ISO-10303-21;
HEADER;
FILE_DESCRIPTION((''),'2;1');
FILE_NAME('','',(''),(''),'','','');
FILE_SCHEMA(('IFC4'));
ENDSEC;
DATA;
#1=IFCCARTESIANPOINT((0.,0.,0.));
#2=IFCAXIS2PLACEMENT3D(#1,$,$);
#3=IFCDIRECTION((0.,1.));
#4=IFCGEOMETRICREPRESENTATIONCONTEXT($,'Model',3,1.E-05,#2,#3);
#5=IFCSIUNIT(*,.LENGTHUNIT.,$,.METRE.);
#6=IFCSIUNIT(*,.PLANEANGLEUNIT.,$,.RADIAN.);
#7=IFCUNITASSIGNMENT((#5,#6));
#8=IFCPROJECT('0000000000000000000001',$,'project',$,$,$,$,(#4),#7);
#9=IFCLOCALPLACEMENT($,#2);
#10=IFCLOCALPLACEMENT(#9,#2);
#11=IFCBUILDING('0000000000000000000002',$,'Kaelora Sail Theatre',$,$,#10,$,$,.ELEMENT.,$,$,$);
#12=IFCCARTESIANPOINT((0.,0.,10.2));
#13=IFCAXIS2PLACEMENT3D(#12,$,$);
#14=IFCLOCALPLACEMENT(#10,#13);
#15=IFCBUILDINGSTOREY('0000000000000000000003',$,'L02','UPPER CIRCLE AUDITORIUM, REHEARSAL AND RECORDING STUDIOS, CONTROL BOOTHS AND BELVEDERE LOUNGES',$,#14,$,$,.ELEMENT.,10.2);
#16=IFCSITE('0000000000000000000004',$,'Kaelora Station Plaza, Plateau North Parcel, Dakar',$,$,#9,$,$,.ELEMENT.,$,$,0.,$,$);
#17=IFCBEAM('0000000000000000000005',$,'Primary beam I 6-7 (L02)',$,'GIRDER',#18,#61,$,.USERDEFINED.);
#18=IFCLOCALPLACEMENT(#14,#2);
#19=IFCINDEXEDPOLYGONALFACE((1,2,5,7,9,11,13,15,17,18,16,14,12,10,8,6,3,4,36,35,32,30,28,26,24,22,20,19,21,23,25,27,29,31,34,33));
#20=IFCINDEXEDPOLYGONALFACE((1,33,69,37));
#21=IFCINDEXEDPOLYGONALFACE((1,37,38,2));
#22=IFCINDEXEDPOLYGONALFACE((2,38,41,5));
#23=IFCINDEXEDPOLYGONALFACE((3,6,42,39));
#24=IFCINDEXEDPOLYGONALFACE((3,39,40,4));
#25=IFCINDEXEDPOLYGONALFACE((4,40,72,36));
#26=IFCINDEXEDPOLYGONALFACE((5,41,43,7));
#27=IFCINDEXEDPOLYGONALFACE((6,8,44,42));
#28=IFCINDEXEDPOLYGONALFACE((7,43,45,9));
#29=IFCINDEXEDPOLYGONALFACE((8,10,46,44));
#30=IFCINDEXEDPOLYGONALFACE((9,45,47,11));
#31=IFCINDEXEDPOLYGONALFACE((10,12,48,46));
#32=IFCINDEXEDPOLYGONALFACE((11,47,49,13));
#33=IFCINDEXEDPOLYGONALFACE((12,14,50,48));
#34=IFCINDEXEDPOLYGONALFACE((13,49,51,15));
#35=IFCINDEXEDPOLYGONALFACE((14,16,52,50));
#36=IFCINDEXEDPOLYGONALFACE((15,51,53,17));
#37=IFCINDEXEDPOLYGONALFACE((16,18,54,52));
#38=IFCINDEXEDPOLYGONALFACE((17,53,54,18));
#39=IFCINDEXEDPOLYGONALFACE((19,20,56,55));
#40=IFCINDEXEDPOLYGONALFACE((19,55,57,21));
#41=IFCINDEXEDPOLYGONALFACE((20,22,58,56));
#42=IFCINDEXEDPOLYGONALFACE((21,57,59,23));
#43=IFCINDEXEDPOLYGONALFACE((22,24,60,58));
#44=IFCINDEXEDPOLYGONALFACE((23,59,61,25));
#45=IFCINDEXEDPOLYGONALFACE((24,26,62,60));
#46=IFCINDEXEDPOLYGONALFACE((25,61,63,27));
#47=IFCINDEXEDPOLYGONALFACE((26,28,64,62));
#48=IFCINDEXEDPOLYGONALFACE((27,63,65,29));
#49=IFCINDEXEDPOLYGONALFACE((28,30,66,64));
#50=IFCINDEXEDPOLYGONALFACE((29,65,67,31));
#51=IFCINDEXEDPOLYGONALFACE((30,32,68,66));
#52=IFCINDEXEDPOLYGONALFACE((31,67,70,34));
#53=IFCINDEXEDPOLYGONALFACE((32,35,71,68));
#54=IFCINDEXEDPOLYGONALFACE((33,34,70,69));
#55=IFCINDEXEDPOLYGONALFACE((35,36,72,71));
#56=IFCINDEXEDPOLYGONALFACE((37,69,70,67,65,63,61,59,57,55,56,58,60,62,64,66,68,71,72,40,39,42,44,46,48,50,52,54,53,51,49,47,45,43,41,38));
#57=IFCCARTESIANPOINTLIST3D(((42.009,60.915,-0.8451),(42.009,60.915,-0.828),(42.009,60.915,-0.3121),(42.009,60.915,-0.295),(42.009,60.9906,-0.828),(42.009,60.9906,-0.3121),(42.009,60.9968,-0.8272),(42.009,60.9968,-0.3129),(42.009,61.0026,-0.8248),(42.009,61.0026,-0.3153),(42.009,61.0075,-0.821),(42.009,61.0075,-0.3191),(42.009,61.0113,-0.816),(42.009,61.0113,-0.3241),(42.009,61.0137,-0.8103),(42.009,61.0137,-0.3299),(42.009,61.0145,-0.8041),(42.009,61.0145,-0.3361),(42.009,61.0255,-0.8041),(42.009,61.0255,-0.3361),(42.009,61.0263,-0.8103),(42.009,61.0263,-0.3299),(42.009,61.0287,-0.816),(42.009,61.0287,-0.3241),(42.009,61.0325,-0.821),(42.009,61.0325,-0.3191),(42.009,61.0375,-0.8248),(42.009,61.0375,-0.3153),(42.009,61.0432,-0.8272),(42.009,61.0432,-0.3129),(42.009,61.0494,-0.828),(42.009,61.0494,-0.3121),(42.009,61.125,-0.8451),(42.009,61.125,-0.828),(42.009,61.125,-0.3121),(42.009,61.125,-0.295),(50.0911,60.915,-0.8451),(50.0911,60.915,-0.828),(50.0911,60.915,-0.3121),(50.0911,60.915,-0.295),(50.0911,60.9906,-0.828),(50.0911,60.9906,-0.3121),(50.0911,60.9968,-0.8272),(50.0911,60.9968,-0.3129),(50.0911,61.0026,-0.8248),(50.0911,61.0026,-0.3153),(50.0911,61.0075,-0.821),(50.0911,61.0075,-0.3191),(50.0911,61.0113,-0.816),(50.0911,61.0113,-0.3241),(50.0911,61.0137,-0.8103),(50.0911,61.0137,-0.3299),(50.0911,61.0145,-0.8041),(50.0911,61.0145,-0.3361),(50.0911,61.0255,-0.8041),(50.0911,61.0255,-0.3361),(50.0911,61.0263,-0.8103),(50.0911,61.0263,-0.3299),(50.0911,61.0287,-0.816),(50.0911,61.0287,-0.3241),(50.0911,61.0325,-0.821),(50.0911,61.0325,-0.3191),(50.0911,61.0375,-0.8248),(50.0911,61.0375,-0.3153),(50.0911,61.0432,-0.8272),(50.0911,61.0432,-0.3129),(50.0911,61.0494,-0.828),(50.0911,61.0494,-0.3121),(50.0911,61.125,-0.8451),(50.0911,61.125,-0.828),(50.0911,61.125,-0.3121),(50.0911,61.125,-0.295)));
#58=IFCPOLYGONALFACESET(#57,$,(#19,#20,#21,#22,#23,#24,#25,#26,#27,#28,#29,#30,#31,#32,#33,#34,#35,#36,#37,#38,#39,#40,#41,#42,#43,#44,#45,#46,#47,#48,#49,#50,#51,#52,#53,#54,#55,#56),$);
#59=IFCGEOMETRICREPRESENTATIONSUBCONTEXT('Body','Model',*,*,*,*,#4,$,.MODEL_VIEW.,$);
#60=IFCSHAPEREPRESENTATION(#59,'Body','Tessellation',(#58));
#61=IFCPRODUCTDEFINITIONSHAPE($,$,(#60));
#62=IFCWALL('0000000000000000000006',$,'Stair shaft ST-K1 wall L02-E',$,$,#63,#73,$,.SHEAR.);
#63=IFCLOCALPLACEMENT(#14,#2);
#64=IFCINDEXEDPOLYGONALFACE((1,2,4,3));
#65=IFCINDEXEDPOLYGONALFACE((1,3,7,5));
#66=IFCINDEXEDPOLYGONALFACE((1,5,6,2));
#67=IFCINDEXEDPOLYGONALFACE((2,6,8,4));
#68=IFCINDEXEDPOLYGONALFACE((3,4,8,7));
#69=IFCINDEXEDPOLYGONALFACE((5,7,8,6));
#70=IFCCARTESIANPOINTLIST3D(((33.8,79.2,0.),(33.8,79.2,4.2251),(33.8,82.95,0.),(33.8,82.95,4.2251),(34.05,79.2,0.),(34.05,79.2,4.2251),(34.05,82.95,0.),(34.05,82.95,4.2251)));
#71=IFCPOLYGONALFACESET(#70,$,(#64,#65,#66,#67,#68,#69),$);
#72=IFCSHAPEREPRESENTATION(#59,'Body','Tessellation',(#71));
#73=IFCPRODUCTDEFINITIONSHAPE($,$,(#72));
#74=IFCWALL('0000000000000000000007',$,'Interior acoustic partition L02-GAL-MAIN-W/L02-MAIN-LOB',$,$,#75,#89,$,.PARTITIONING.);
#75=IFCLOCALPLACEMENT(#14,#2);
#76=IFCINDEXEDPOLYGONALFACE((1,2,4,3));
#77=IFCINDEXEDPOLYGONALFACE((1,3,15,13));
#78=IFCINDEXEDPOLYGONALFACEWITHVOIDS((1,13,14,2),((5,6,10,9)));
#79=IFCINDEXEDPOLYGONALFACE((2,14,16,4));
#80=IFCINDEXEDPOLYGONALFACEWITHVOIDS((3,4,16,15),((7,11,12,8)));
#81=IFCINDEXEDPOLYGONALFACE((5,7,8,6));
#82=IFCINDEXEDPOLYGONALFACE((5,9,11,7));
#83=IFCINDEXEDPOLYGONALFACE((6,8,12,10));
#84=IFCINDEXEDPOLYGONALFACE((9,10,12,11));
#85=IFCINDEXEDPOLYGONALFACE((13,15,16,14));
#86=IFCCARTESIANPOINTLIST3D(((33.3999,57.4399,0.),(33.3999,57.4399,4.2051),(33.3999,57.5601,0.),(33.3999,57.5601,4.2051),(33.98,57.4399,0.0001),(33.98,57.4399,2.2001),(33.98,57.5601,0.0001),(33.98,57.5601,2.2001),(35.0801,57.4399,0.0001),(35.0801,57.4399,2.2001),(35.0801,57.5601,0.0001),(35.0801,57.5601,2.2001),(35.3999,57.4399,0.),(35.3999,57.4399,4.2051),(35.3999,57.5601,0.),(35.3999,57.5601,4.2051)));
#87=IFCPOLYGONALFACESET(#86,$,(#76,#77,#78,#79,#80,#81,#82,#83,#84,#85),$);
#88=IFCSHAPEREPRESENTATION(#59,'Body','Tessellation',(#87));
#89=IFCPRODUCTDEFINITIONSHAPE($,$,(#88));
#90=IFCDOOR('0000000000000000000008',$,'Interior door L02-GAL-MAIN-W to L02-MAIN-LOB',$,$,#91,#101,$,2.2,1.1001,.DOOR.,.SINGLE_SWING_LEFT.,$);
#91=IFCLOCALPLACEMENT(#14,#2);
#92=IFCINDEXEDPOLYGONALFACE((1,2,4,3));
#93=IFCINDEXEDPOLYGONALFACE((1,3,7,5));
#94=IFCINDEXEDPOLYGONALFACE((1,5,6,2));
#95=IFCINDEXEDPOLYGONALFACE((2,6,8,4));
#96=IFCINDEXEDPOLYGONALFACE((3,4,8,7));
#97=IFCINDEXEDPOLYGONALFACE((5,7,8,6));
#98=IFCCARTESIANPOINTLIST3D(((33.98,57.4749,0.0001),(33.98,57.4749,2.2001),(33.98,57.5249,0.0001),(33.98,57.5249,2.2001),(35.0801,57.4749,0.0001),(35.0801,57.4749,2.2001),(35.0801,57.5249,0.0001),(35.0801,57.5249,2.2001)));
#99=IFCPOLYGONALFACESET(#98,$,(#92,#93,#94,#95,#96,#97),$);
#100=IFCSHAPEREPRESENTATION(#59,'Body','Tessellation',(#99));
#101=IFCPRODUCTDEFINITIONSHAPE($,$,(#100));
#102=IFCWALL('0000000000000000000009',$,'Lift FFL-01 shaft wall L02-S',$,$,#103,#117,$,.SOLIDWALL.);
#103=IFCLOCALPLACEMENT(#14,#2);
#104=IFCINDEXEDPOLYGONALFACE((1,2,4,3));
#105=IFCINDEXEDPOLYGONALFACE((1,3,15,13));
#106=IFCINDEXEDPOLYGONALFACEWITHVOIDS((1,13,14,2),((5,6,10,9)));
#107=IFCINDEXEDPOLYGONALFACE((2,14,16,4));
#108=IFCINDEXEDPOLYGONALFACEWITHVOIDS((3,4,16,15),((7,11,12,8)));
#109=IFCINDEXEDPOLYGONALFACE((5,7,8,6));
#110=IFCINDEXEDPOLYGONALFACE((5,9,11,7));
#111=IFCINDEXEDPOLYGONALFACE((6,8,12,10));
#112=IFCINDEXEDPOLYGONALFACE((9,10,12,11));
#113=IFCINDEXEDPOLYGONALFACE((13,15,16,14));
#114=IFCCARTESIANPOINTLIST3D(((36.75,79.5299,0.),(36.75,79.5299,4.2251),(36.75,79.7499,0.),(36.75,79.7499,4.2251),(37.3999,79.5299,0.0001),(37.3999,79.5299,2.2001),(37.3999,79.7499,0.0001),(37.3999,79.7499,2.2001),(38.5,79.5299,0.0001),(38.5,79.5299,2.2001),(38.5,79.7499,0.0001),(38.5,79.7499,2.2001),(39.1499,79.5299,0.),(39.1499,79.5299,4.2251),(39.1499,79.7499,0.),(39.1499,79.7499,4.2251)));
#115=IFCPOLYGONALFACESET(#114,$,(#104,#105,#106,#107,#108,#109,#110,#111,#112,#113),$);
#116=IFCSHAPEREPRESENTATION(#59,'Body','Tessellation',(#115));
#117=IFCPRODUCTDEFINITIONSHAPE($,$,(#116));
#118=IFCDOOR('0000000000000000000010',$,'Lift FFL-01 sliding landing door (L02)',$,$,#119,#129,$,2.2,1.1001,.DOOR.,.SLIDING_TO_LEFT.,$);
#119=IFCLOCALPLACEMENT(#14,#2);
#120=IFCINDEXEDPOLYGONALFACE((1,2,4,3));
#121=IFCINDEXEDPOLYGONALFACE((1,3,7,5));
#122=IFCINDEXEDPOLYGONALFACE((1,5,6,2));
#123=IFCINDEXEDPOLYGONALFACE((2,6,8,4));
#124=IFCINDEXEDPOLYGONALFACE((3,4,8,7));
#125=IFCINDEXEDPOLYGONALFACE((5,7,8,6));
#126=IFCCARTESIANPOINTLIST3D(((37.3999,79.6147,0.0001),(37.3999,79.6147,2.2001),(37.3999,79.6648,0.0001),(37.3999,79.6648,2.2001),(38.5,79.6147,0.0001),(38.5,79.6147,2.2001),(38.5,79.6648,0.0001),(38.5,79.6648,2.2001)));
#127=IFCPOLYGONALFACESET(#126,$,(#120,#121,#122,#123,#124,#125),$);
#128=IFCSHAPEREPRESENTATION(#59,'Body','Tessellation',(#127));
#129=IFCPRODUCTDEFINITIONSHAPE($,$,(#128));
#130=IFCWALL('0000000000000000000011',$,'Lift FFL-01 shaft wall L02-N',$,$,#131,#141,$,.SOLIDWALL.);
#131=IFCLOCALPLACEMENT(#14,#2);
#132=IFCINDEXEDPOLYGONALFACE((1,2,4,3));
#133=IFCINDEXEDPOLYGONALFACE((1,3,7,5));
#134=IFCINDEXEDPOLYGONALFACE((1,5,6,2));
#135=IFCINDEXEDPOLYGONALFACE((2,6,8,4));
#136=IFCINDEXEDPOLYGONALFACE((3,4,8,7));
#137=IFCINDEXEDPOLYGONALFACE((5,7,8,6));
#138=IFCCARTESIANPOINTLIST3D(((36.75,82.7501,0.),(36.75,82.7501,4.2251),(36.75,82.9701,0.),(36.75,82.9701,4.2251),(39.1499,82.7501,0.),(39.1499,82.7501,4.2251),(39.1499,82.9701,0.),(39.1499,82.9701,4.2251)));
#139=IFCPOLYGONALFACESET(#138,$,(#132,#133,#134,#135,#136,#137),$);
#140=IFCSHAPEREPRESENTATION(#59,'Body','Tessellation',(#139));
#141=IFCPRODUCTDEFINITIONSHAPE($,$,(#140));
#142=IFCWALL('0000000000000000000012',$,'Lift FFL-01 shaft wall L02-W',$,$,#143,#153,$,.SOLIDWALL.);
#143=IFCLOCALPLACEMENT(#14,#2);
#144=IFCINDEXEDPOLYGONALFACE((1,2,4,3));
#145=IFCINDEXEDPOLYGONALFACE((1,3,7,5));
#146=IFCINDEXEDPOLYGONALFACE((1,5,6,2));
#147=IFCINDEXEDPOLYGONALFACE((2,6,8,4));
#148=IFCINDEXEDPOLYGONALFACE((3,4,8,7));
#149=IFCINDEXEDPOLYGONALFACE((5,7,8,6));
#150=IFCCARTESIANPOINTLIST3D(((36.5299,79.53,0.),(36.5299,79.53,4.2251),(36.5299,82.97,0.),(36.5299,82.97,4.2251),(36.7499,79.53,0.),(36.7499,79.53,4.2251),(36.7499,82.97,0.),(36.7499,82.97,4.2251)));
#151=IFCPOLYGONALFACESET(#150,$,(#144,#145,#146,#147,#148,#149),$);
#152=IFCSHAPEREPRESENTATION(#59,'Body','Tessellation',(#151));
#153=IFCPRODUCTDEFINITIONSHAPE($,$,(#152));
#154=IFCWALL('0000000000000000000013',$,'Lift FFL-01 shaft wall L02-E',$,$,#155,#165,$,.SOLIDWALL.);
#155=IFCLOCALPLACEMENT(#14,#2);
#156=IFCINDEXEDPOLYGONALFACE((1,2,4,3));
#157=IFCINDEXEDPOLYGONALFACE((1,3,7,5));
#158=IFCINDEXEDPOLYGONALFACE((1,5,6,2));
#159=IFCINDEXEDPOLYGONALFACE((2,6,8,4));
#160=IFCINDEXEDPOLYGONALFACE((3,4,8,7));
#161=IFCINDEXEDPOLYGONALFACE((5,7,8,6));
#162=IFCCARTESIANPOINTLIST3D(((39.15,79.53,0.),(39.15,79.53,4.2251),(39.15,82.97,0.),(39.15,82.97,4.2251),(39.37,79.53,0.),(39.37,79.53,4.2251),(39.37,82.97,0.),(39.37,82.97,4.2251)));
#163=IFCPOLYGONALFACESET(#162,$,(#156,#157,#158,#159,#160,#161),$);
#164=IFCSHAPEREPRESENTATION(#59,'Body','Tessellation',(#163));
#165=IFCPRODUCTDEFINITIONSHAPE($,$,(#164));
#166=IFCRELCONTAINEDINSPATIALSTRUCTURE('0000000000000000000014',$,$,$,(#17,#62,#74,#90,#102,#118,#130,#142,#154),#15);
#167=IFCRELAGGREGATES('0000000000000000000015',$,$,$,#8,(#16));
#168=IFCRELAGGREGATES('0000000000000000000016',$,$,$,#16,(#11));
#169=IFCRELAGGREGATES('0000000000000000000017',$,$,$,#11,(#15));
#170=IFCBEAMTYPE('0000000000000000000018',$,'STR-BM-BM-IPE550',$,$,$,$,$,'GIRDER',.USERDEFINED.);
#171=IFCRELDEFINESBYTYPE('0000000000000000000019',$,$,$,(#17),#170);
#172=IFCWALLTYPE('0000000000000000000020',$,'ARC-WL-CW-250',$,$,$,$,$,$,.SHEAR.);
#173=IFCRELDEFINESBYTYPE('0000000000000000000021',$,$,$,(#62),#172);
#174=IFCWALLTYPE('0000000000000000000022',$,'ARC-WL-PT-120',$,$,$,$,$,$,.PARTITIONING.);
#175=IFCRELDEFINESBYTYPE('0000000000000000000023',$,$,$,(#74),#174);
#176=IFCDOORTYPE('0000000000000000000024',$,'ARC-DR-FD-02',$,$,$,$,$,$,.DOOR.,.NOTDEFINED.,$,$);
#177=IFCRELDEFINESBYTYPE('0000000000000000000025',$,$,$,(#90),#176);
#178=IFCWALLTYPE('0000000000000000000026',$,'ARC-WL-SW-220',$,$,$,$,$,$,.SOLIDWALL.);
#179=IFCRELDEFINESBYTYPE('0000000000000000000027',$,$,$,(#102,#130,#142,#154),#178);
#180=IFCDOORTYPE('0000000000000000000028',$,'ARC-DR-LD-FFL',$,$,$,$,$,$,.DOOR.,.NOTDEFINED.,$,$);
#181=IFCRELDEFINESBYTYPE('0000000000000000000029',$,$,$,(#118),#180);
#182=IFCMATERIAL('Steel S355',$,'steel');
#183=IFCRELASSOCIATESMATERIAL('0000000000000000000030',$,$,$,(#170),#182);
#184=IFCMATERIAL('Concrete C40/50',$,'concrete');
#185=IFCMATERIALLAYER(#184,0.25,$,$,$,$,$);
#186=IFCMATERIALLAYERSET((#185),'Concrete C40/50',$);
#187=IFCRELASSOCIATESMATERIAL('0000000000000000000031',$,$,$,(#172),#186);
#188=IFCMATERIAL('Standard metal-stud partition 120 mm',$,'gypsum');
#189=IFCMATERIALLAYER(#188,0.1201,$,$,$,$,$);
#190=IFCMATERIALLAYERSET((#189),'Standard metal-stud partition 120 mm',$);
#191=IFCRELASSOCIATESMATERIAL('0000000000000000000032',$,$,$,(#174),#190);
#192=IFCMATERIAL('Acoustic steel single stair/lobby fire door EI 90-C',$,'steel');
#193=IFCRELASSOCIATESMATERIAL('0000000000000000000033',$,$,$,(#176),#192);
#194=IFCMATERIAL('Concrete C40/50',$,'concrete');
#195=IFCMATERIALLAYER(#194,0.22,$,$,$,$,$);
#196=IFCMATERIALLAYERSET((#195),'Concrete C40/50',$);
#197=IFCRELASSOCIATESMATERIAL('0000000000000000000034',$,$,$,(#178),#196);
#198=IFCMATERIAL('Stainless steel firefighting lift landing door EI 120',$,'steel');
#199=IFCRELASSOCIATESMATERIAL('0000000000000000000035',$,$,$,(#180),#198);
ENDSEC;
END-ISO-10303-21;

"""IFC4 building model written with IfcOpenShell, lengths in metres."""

from ifc_helpers import new_model, si_unit, direction, frame, frame_2d, origin, origin_2d, place, context, subcontext, project, spatial, rectangle, i_section, extrude, material, layer, layer_set, material_profile, profile_set, type_object, element, fill, save


model = new_model("IFC4")

# Units and contexts
model_context = context("Model", 3, precision=1e-05, world=origin(), true_north=direction((0.0, 1.0)))
body_context = subcontext(model_context, "Body", "Model", "MODEL_VIEW")
ifc_project = project(units=[si_unit("LENGTHUNIT", "METRE"), si_unit("PLANEANGLEUNIT", "RADIAN")], contexts=[model_context])

# Site, building, storey
site_placement = place(None, origin())
site = spatial("IfcSite", under=ifc_project, at=site_placement, Name="Kaelora Station Plaza, Plateau North Parcel, Dakar", CompositionType="ELEMENT", RefElevation=0.0)
building_placement = place(site_placement, origin())
building = spatial("IfcBuilding", under=site, at=building_placement, Name="Kaelora Sail Theatre", CompositionType="ELEMENT")
storey_placement = place(building_placement, frame((0.0, 0.0, 10.2)))
storey = spatial("IfcBuildingStorey", under=building, at=storey_placement, Name="L02", Description="UPPER CIRCLE AUDITORIUM, REHEARSAL AND RECORDING STUDIOS, CONTROL BOOTHS AND BELVEDERE LOUNGES", CompositionType="ELEMENT", Elevation=10.2)

# Beam
ifc_material_1 = material(Name="Steel S355", Category="steel")
ifc_material_profile_1 = material_profile(ifc_material_1, i_section(OverallWidth=0.21, OverallDepth=0.55, WebThickness=0.011, FlangeThickness=0.0171, FilletRadius=0.0239, at=origin_2d()), Name="IPE 550")
ifc_profile_set_1 = profile_set([ifc_material_profile_1], Name="Steel S355")
beam_type = type_object("IfcBeamType", Name="STR-BM-BM-IPE550", ElementType="GIRDER", PredefinedType="USERDEFINED", material=ifc_profile_set_1)
for number, where, z_axis, x_axis, name in (
    (1, (42.009, 61.02, -0.5701), (1.0, 0.0, 0.0), (0.0, 1.0, 0.0), "Primary beam I 6-7 (L02)"),
):
    element("IfcBeam", number, at=place(storey_placement, frame(where, z_axis=z_axis, x_axis=x_axis)), inside=storey, type_object=beam_type, Name=name, ObjectType="GIRDER", PredefinedType="USERDEFINED", context=body_context, shape_type="SweptSolid", body=[
        extrude(i_section(OverallWidth=0.21, OverallDepth=0.55, WebThickness=0.011, FlangeThickness=0.0171, FilletRadius=0.0239, at=origin_2d()), origin(), (0.0, 0.0, 1.0), 8.082),
    ])

# Wall
ifc_material_2 = material(Name="Concrete C40/50", Category="concrete")
ifc_layer_1 = layer(ifc_material_2, 0.25)
ifc_layer_set_1 = layer_set([ifc_layer_1], Name="Concrete C40/50")
wall_type_1 = type_object("IfcWallType", Name="ARC-WL-CW-250", PredefinedType="SHEAR", material=ifc_layer_set_1)
wall_1_placement = place(storey_placement, frame((33.925, 79.2, 0.0), z_axis=(0.0, 0.0, 1.0), x_axis=(0.0, 1.0, 0.0)))
element("IfcWall", 2, at=wall_1_placement, inside=storey, type_object=wall_type_1, Name="Stair shaft ST-K1 wall L02-E", PredefinedType="SHEAR", context=body_context, shape_type="SweptSolid", body=[
    extrude(rectangle(XDim=3.75, YDim=0.25, at=frame_2d((1.875, 0.0))), origin(), (0.0, 0.0, 1.0), 4.2251),
])

# Walls, openings, doors
ifc_material_3 = material(Name="Standard metal-stud partition 120 mm", Category="gypsum")
ifc_layer_2 = layer(ifc_material_3, 0.1201)
ifc_layer_set_2 = layer_set([ifc_layer_2], Name="Standard metal-stud partition 120 mm")
wall_type_2 = type_object("IfcWallType", Name="ARC-WL-PT-120", PredefinedType="PARTITIONING", material=ifc_layer_set_2)
wall_2_placement = place(storey_placement, frame((33.3999, 57.5, 0.0), z_axis=(0.0, 0.0, 1.0), x_axis=(1.0, 0.0, 0.0)))
wall_2 = element("IfcWall", 3, at=wall_2_placement, inside=storey, type_object=wall_type_2, Name="Interior acoustic partition L02-GAL-MAIN-W/L02-MAIN-LOB", PredefinedType="PARTITIONING", context=body_context, shape_type="SweptSolid", body=[
    extrude(rectangle(XDim=2.0, YDim=0.1201, at=frame_2d((1.0, 0.0))), origin(), (0.0, 0.0, 1.0), 4.2051),
])
opening_1_placement = place(wall_2_placement, frame((0.5801, 0.0, 0.0)))
opening_1 = element("IfcOpeningElement", 4, at=opening_1_placement, cuts=wall_2, PredefinedType="OPENING", context=body_context, shape_type="SweptSolid", body=[
    extrude(rectangle(XDim=1.1001, YDim=2.2, at=frame_2d((0.55, 1.1001))), frame((0.0, 0.0701, 0.0), z_axis=(0.0, -1.0, 0.0), x_axis=(1.0, 0.0, 0.0)), (0.0, 0.0, 1.0), 0.1401),
])
ifc_material_4 = material(Name="Acoustic steel single stair/lobby fire door EI 90-C", Category="steel")
door_type_1 = type_object("IfcDoorType", Name="ARC-DR-FD-02", OperationType="NOTDEFINED", PredefinedType="DOOR", material=ifc_material_4)
door_1_placement = place(opening_1_placement, origin())
door_1 = element("IfcDoor", 5, at=door_1_placement, inside=storey, type_object=door_type_1, Name="Interior door L02-GAL-MAIN-W to L02-MAIN-LOB", OperationType="SINGLE_SWING_LEFT", OverallHeight=2.2, OverallWidth=1.1001, PredefinedType="DOOR", context=body_context, shape_type="SweptSolid", body=[
    extrude(rectangle(XDim=1.1001, YDim=2.2, at=frame_2d((0.55, 1.1001))), frame((0.0, 0.0249, 0.0), z_axis=(0.0, -1.0, 0.0), x_axis=(1.0, 0.0, 0.0)), (0.0, 0.0, 1.0), 0.05),
])
fill(opening_1, door_1)
ifc_material_5 = material(Name="Concrete C40/50", Category="concrete")
ifc_layer_3 = layer(ifc_material_5, 0.22)
ifc_layer_set_3 = layer_set([ifc_layer_3], Name="Concrete C40/50")
wall_type_3 = type_object("IfcWallType", Name="ARC-WL-SW-220", PredefinedType="SOLIDWALL", material=ifc_layer_set_3)
wall_3_placement = place(storey_placement, frame((36.75, 79.6399, 0.0), z_axis=(0.0, 0.0, 1.0), x_axis=(1.0, 0.0, 0.0)))
wall_3 = element("IfcWall", 6, at=wall_3_placement, inside=storey, type_object=wall_type_3, Name="Lift FFL-01 shaft wall L02-S", PredefinedType="SOLIDWALL", context=body_context, shape_type="SweptSolid", body=[
    extrude(rectangle(XDim=2.3999, YDim=0.22, at=frame_2d((1.2, 0.0))), origin(), (0.0, 0.0, 1.0), 4.2251),
])
opening_2_placement = place(wall_3_placement, frame((0.6499, 0.0, 0.0)))
opening_2 = element("IfcOpeningElement", 7, at=opening_2_placement, cuts=wall_3, PredefinedType="OPENING", context=body_context, shape_type="SweptSolid", body=[
    extrude(rectangle(XDim=1.1001, YDim=2.2, at=frame_2d((0.55, 1.1001))), frame((0.0, 0.1199, 0.0), z_axis=(0.0, -1.0, 0.0), x_axis=(1.0, 0.0, 0.0)), (0.0, 0.0, 1.0), 0.24),
])
ifc_material_6 = material(Name="Stainless steel firefighting lift landing door EI 120", Category="steel")
door_type_2 = type_object("IfcDoorType", Name="ARC-DR-LD-FFL", OperationType="NOTDEFINED", PredefinedType="DOOR", material=ifc_material_6)
door_2_placement = place(opening_2_placement, origin())
door_2 = element("IfcDoor", 8, at=door_2_placement, inside=storey, type_object=door_type_2, Name="Lift FFL-01 sliding landing door (L02)", OperationType="SLIDING_TO_LEFT", OverallHeight=2.2, OverallWidth=1.1001, PredefinedType="DOOR", context=body_context, shape_type="SweptSolid", body=[
    extrude(rectangle(XDim=1.1001, YDim=2.2, at=frame_2d((0.55, 1.1001))), frame((0.0, 0.0249, 0.0), z_axis=(0.0, -1.0, 0.0), x_axis=(1.0, 0.0, 0.0)), (0.0, 0.0, 1.0), 0.05),
])
fill(opening_2, door_2)

# Walls
wall_4_placement = place(storey_placement, frame((36.75, 82.8601, 0.0), z_axis=(0.0, 0.0, 1.0), x_axis=(1.0, 0.0, 0.0)))
element("IfcWall", 9, at=wall_4_placement, inside=storey, type_object=wall_type_3, Name="Lift FFL-01 shaft wall L02-N", PredefinedType="SOLIDWALL", context=body_context, shape_type="SweptSolid", body=[
    extrude(rectangle(XDim=2.3999, YDim=0.22, at=frame_2d((1.2, 0.0))), origin(), (0.0, 0.0, 1.0), 4.2251),
])
for number, where, z_axis, x_axis, name in (
    (10, (36.6399, 79.53, 0.0), (0.0, 0.0, 1.0), (0.0, 1.0, 0.0), "Lift FFL-01 shaft wall L02-W"),
    (11, (39.26, 79.53, 0.0), (0.0, 0.0, 1.0), (0.0, 1.0, 0.0), "Lift FFL-01 shaft wall L02-E"),
):
    element("IfcWall", number, at=place(storey_placement, frame(where, z_axis=z_axis, x_axis=x_axis)), inside=storey, type_object=wall_type_3, Name=name, PredefinedType="SOLIDWALL", context=body_context, shape_type="SweptSolid", body=[
        extrude(rectangle(XDim=3.4399, YDim=0.22, at=frame_2d((1.72, 0.0))), origin(), (0.0, 0.0, 1.0), 4.2251),
    ])

save(model, "model.ifc")
